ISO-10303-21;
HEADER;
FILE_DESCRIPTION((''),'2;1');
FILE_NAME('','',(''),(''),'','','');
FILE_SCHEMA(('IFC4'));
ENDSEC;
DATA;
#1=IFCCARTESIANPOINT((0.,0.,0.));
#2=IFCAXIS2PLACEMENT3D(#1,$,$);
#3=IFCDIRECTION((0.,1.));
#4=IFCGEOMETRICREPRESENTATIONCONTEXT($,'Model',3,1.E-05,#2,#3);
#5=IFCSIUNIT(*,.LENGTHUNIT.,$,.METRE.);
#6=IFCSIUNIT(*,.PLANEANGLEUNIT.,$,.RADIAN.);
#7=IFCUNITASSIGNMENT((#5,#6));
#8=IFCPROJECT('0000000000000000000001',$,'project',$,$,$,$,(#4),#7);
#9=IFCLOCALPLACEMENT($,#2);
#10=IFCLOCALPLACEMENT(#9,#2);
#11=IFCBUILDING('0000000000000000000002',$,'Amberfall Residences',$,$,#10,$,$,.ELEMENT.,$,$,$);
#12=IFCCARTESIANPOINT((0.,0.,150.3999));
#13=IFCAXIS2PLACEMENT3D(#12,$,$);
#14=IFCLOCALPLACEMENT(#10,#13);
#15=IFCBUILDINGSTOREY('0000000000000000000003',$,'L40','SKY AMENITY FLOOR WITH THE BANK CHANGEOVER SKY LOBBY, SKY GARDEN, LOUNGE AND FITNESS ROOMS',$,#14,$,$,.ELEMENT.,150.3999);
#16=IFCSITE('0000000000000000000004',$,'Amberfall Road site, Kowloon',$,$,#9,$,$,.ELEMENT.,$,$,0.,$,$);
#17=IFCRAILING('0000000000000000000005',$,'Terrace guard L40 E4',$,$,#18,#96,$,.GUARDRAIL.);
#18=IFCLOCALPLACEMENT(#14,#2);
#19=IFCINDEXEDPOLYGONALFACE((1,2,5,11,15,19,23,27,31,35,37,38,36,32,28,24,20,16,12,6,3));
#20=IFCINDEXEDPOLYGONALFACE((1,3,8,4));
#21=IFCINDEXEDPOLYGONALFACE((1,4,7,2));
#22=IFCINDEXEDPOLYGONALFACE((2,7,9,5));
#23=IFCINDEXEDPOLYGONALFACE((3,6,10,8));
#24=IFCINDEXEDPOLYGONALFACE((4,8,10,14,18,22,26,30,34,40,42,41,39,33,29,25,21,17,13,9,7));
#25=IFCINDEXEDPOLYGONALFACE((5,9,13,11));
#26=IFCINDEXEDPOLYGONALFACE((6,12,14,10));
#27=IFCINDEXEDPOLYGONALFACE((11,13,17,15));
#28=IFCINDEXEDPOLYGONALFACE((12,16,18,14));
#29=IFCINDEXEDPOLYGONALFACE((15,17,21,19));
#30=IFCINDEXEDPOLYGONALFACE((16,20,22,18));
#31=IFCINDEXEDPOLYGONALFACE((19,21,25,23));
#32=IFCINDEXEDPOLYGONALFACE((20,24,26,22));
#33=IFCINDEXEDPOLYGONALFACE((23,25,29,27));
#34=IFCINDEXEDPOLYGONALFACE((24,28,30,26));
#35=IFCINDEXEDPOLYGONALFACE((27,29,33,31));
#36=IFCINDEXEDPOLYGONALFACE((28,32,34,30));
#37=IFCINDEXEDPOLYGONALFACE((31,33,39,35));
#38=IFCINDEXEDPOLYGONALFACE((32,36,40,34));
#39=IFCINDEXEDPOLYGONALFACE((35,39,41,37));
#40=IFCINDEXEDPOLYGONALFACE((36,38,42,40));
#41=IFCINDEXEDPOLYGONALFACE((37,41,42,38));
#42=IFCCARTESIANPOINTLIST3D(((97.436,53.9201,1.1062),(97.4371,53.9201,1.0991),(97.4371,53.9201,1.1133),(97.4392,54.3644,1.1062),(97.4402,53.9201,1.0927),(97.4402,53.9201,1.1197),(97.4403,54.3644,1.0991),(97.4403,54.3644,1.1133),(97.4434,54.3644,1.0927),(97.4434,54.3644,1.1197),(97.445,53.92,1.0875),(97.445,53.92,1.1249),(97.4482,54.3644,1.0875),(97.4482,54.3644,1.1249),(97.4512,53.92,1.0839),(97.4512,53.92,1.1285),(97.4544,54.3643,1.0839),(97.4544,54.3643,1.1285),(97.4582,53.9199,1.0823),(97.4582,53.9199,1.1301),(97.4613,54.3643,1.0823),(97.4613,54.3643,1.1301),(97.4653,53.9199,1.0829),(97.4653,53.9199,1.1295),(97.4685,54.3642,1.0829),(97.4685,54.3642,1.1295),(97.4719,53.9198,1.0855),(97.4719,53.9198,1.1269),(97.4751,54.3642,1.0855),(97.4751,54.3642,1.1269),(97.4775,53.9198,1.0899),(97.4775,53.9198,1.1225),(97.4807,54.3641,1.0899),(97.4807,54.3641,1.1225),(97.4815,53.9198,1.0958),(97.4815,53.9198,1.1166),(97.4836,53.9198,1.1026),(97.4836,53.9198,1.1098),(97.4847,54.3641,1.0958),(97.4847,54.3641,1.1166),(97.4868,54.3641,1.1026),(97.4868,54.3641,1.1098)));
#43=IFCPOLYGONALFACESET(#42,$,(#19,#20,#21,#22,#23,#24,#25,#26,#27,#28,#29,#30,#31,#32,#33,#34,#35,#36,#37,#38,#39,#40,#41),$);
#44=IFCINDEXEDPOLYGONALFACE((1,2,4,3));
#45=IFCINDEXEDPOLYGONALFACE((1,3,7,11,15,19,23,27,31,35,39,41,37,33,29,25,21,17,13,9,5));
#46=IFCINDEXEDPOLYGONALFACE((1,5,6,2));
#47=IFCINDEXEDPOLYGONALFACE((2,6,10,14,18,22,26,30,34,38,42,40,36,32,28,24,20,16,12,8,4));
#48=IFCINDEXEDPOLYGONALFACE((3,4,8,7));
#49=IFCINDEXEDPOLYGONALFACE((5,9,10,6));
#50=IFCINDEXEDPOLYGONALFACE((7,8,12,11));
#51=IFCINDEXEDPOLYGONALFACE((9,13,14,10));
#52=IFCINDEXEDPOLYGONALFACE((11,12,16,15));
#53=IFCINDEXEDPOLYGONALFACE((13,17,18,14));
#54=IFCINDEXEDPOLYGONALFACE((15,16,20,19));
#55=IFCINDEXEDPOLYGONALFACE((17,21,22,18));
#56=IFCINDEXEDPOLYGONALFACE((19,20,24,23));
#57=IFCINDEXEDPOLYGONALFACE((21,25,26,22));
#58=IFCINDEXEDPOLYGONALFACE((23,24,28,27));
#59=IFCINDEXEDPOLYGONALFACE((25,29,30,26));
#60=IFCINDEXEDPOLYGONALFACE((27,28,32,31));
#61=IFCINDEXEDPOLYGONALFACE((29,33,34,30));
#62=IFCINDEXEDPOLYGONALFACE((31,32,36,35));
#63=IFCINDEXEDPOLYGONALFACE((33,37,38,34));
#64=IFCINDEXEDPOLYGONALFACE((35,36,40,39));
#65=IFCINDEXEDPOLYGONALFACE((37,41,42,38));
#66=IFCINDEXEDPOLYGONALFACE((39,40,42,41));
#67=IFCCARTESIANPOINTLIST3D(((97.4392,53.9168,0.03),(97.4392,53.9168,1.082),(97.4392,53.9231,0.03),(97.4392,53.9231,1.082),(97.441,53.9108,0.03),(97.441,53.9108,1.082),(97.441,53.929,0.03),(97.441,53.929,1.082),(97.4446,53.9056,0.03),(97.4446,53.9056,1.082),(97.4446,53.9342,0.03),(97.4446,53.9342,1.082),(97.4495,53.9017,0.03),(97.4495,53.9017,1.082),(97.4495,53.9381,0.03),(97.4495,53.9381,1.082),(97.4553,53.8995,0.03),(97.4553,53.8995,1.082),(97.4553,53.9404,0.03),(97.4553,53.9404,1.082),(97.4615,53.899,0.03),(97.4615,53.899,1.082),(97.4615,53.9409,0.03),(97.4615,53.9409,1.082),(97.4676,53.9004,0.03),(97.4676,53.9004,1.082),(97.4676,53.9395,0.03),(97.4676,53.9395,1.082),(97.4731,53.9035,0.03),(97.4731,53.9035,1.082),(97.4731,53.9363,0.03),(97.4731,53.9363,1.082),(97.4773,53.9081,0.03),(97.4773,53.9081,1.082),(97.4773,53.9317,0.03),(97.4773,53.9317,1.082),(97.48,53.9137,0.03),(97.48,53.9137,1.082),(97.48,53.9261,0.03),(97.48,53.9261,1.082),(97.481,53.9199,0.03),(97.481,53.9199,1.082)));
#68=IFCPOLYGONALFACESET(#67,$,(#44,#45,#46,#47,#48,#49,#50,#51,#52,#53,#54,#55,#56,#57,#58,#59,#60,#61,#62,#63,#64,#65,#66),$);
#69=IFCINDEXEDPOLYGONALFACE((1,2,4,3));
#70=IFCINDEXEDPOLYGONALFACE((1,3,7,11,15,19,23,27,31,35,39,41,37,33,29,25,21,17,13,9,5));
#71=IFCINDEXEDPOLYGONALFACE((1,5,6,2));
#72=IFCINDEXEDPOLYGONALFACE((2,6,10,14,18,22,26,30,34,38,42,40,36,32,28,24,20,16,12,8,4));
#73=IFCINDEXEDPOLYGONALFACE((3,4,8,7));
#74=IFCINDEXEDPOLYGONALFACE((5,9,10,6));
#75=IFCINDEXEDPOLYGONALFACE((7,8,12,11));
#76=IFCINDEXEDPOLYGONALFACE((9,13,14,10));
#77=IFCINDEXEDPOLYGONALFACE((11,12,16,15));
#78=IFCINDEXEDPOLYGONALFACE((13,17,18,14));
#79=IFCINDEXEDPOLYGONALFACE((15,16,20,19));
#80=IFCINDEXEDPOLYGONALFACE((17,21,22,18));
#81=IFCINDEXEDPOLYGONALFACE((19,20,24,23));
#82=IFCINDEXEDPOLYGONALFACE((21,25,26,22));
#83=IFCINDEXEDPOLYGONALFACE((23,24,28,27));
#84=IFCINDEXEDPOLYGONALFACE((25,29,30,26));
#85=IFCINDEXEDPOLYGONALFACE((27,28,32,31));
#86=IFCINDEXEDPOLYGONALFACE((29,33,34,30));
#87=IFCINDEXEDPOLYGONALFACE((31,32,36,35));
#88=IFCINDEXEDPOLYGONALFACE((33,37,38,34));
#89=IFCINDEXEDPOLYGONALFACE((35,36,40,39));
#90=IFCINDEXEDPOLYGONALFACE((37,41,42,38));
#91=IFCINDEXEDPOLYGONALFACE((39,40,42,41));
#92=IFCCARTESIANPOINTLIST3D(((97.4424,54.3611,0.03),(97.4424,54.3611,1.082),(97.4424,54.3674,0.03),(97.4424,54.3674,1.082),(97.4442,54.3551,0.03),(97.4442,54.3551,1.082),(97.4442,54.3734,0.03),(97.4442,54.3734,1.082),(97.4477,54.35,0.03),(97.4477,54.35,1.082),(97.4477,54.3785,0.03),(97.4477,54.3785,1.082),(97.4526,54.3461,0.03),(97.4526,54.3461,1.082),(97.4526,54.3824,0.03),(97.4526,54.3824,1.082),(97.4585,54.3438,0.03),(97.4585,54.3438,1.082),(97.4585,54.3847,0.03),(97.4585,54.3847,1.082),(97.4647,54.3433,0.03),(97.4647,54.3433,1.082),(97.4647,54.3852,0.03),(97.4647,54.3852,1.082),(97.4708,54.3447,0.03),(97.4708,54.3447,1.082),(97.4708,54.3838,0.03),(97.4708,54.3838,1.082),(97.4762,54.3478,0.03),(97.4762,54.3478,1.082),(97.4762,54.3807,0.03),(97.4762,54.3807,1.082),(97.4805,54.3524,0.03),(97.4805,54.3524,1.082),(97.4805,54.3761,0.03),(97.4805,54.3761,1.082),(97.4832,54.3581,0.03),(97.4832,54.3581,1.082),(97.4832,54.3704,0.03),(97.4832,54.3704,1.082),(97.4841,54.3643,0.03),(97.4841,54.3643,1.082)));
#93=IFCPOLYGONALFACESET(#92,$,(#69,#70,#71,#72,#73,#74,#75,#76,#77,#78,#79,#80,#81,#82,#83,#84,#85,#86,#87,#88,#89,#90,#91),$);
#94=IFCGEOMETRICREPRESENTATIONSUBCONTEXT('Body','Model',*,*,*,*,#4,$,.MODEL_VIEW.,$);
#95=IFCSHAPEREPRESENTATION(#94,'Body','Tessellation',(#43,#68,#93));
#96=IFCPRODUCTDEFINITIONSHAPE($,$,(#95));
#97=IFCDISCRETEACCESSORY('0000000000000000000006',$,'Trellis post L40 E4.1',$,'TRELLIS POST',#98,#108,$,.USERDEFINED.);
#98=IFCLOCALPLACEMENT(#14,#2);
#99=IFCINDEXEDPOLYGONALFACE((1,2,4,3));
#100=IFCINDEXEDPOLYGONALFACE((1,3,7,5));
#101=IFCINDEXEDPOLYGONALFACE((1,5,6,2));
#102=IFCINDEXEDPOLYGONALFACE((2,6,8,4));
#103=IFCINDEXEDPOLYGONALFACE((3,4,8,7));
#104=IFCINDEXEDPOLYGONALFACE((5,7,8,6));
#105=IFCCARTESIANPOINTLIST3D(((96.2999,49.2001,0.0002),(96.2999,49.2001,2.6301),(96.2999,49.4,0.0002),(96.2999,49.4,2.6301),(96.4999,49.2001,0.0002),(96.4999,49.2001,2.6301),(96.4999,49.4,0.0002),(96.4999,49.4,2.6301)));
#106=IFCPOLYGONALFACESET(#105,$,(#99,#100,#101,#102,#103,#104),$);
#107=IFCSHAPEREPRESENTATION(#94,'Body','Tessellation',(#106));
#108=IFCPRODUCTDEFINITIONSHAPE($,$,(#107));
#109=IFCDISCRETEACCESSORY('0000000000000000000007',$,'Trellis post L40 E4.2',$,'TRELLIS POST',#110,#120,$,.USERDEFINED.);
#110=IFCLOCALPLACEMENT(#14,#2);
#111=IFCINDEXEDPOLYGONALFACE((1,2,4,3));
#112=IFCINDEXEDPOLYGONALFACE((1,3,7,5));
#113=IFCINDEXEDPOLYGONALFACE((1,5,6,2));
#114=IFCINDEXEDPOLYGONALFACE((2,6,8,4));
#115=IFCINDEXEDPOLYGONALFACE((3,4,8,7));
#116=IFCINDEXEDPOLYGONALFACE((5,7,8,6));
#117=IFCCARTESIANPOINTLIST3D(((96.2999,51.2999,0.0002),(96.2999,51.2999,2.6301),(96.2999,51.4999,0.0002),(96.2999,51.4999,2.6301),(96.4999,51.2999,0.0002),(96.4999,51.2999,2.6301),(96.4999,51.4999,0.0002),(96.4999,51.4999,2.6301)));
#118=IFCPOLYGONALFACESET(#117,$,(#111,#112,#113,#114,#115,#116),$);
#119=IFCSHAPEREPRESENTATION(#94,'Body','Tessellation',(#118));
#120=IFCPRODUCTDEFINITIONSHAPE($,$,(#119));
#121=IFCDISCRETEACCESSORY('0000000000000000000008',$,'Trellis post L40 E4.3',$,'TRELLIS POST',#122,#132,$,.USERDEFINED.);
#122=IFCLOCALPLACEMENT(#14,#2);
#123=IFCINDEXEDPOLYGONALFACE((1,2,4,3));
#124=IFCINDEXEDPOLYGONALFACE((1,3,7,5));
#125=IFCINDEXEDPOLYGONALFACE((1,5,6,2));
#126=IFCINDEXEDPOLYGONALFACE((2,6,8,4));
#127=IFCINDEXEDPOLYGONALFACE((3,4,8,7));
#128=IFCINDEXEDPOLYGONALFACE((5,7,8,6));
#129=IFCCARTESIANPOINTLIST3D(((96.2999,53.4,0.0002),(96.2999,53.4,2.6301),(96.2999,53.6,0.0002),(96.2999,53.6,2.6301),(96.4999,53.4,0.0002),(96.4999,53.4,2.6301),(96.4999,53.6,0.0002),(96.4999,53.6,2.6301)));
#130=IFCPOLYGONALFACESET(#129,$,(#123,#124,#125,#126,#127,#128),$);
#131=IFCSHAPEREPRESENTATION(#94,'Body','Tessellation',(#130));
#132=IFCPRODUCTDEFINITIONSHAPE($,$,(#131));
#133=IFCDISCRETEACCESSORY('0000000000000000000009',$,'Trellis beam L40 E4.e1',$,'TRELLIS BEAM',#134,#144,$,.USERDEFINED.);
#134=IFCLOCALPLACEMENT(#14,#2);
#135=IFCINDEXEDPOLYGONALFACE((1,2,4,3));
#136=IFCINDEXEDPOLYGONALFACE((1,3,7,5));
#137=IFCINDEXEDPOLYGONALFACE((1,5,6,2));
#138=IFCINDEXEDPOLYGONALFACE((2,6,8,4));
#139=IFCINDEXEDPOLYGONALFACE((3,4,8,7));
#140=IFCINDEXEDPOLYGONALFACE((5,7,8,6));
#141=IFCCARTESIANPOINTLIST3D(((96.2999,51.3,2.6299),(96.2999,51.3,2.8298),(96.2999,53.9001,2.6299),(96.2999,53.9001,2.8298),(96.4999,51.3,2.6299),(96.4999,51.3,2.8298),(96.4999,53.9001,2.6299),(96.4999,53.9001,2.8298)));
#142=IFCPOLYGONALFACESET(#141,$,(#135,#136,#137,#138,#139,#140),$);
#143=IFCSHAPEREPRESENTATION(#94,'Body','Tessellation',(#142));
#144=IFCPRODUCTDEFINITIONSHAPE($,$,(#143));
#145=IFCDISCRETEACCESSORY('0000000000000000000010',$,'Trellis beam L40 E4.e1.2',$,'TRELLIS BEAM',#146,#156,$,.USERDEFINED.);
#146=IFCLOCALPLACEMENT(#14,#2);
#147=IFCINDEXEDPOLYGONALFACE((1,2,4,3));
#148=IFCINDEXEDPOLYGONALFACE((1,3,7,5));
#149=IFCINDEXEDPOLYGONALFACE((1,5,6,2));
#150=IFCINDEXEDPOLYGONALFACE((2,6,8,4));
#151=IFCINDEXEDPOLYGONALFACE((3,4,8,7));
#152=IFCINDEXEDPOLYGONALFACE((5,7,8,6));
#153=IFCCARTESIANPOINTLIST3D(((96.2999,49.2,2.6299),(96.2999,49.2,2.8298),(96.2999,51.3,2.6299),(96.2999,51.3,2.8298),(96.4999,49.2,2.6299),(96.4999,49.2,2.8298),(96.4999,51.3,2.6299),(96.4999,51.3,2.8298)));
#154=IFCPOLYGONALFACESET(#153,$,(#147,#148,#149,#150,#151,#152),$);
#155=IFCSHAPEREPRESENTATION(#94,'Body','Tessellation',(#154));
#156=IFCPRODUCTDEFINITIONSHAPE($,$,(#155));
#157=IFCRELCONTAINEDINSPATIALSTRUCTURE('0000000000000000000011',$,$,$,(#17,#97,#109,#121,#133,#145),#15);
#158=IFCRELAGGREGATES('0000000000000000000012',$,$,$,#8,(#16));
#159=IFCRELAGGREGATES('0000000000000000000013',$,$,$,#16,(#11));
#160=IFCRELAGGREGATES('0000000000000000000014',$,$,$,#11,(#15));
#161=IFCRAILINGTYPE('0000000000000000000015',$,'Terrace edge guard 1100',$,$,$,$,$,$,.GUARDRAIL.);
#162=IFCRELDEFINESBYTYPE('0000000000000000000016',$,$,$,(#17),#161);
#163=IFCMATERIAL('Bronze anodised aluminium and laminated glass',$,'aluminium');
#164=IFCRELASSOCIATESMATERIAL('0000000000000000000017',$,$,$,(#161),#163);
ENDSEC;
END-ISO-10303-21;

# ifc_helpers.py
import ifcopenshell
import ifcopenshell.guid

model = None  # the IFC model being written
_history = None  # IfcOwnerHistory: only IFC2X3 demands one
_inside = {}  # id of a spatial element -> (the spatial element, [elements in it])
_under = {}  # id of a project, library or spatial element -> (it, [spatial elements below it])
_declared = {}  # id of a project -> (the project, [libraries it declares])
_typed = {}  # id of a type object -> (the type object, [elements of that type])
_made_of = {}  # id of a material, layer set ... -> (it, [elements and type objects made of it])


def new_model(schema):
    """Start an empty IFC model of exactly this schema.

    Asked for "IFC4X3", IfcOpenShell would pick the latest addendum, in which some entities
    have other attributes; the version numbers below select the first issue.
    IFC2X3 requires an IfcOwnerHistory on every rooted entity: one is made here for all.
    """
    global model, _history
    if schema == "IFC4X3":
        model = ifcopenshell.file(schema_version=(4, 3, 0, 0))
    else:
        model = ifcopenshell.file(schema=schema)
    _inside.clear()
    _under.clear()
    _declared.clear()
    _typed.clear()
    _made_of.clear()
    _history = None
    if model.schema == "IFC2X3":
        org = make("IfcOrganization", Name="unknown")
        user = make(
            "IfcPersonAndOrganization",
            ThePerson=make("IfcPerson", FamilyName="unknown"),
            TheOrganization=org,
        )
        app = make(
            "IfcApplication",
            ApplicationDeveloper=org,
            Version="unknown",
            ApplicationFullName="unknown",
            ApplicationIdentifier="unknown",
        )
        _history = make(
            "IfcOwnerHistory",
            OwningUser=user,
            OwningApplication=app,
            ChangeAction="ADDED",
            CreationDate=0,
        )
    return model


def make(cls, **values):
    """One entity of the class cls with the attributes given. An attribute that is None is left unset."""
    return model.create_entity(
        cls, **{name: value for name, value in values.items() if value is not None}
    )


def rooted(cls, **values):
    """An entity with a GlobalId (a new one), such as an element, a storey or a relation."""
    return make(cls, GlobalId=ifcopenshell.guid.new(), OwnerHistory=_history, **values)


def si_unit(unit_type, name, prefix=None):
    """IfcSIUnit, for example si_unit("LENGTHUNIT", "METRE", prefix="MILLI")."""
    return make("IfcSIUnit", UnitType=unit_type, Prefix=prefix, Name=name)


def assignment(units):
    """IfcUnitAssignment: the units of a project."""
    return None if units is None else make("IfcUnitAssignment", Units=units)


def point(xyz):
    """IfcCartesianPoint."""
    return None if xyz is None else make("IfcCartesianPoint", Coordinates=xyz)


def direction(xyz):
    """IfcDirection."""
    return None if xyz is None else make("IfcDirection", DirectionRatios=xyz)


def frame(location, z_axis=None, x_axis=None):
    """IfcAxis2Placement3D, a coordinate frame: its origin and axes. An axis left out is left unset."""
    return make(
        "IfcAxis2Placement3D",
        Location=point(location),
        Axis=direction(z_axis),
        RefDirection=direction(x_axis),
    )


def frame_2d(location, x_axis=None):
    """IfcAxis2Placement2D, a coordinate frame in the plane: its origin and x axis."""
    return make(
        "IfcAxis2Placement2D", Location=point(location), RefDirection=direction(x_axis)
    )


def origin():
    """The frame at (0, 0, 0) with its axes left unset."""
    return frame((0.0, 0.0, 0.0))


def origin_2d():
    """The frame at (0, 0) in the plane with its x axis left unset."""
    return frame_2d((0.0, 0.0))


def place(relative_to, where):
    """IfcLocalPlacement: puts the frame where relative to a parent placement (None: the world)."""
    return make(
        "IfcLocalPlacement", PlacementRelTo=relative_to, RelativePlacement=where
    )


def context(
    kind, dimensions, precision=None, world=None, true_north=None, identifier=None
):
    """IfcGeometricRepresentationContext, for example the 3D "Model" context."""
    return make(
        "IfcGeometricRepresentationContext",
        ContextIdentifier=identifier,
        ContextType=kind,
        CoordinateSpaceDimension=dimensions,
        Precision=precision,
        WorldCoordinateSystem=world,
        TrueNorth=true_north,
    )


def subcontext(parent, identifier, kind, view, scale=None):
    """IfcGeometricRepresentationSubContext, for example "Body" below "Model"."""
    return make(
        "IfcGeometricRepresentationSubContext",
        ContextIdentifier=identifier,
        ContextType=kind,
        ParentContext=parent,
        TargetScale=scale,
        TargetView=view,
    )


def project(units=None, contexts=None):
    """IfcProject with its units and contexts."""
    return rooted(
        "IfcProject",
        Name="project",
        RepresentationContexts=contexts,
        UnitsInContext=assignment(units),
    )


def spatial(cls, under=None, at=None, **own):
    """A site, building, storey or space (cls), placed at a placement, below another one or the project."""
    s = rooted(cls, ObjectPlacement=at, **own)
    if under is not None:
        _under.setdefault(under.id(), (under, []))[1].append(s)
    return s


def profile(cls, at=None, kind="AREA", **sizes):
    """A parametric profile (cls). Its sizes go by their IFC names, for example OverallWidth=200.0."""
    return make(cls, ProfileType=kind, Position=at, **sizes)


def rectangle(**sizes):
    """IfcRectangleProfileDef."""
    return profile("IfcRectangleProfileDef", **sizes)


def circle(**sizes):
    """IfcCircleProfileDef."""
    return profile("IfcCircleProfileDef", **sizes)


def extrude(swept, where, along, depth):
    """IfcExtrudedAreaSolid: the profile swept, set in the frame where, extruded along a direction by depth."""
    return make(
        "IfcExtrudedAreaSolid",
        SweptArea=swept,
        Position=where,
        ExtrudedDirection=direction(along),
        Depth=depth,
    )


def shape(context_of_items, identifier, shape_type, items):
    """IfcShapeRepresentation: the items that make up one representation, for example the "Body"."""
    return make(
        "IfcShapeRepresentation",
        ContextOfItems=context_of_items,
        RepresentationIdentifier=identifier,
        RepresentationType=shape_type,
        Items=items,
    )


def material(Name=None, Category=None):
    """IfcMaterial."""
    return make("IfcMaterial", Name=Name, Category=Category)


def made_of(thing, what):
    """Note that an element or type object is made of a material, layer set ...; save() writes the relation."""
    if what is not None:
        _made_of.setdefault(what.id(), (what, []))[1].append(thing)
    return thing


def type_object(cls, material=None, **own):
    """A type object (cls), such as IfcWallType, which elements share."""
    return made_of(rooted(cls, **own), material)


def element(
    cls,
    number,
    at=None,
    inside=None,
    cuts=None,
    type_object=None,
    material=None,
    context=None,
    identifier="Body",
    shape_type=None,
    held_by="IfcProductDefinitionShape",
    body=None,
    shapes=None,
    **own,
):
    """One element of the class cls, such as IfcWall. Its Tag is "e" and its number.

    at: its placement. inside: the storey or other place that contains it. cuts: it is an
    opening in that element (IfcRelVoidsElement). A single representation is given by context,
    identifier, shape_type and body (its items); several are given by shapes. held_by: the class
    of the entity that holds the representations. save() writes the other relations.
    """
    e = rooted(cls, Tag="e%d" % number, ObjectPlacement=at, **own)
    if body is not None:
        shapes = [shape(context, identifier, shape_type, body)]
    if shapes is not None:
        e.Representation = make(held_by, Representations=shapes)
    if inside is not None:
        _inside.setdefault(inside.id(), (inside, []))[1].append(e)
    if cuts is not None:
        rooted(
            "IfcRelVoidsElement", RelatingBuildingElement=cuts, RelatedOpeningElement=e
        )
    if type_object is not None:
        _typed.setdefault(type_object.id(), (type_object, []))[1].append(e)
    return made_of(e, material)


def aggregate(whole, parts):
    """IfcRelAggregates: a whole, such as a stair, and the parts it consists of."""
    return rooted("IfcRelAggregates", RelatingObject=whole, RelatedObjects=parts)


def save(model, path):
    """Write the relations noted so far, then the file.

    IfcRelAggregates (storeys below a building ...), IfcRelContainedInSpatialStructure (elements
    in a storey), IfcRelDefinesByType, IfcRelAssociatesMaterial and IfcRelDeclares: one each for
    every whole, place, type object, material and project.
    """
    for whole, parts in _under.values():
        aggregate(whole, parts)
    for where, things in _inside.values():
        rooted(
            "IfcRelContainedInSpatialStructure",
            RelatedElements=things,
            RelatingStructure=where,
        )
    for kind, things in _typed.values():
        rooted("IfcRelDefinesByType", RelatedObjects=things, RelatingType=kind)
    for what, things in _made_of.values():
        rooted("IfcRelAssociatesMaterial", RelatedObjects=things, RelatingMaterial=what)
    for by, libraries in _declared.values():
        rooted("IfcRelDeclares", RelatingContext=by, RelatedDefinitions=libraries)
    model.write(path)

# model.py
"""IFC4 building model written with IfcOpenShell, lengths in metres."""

from ifc_helpers import new_model, si_unit, direction, frame, origin, origin_2d, place, context, subcontext, project, spatial, rectangle, circle, extrude, material, type_object, element, save


model = new_model("IFC4")

# Units and contexts
model_context = context("Model", 3, precision=1e-05, world=origin(), true_north=direction((0.0, 1.0)))
body_context = subcontext(model_context, "Body", "Model", "MODEL_VIEW")
ifc_project = project(units=[si_unit("LENGTHUNIT", "METRE"), si_unit("PLANEANGLEUNIT", "RADIAN")], contexts=[model_context])

# Site, building, storey
site_placement = place(None, origin())
site = spatial("IfcSite", under=ifc_project, at=site_placement, Name="Amberfall Road site, Kowloon", CompositionType="ELEMENT", RefElevation=0.0)
building_placement = place(site_placement, origin())
building = spatial("IfcBuilding", under=site, at=building_placement, Name="Amberfall Residences", CompositionType="ELEMENT")
storey_placement = place(building_placement, frame((0.0, 0.0, 150.3999)))
storey = spatial("IfcBuildingStorey", under=building, at=storey_placement, Name="L40", Description="SKY AMENITY FLOOR WITH THE BANK CHANGEOVER SKY LOBBY, SKY GARDEN, LOUNGE AND FITNESS ROOMS", CompositionType="ELEMENT", Elevation=150.3999)

# Railing
ifc_material_1 = material(Name="Bronze anodised aluminium and laminated glass", Category="aluminium")
railing_type = type_object("IfcRailingType", Name="Terrace edge guard 1100", PredefinedType="GUARDRAIL", material=ifc_material_1)
railing_placement = place(storey_placement, frame((97.46, 53.9199, 0.03)))
element("IfcRailing", 1, at=railing_placement, inside=storey, type_object=railing_type, Name="Terrace guard L40 E4", PredefinedType="GUARDRAIL", context=body_context, shape_type="SweptSolid", body=[
    extrude(circle(Radius=0.0239, at=origin_2d()), frame((0.0, 0.0, 1.0762), z_axis=(0.007143, 0.999974, 0.0), x_axis=(-0.999974, 0.007143, 0.0)), (0.0, 0.0, 1.0), 0.4443),
    extrude(circle(Radius=0.021, at=origin_2d()), origin(), (0.0, 0.0, 1.0), 1.052),
    extrude(circle(Radius=0.021, at=origin_2d()), frame((0.0032, 0.4443, 0.0)), (0.0, 0.0, 1.0), 1.052),
])

# Discrete accessories
for number, where, z_axis, x_axis, name in (
    (2, (96.3999, 49.3, 0.0002), (0.0, 0.0, 1.0), (1.0, 0.0, 0.0), "Trellis post L40 E4.1"),
    (3, (96.3999, 51.3999, 0.0002), (0.0, 0.0, 1.0), (1.0, 0.0, 0.0), "Trellis post L40 E4.2"),
    (4, (96.3999, 53.5, 0.0002), (0.0, 0.0, 1.0), (1.0, 0.0, 0.0), "Trellis post L40 E4.3"),
):
    element("IfcDiscreteAccessory", number, at=place(storey_placement, frame(where, z_axis=z_axis, x_axis=x_axis)), inside=storey, Name=name, ObjectType="TRELLIS POST", PredefinedType="USERDEFINED", context=body_context, shape_type="SweptSolid", body=[
        extrude(rectangle(XDim=0.2, YDim=0.2, at=origin_2d()), origin(), (0.0, 0.0, 1.0), 2.6299),
    ])
discrete_accessory_1_placement = place(storey_placement, frame((96.3999, 52.6001, 2.6299), z_axis=(0.0, 0.0, 1.0), x_axis=(0.0, 1.0, 0.0)))
element("IfcDiscreteAccessory", 5, at=discrete_accessory_1_placement, inside=storey, Name="Trellis beam L40 E4.e1", ObjectType="TRELLIS BEAM", PredefinedType="USERDEFINED", context=body_context, shape_type="SweptSolid", body=[
    extrude(rectangle(XDim=2.6001, YDim=0.2, at=origin_2d()), origin(), (0.0, 0.0, 1.0), 0.2),
])
discrete_accessory_2_placement = place(storey_placement, frame((96.3999, 50.25, 2.6299), z_axis=(0.0, 0.0, 1.0), x_axis=(0.0, 1.0, 0.0)))
element("IfcDiscreteAccessory", 6, at=discrete_accessory_2_placement, inside=storey, Name="Trellis beam L40 E4.e1.2", ObjectType="TRELLIS BEAM", PredefinedType="USERDEFINED", context=body_context, shape_type="SweptSolid", body=[
    extrude(rectangle(XDim=2.1001, YDim=0.2, at=origin_2d()), origin(), (0.0, 0.0, 1.0), 0.2),
])

save(model, "model.ifc")
